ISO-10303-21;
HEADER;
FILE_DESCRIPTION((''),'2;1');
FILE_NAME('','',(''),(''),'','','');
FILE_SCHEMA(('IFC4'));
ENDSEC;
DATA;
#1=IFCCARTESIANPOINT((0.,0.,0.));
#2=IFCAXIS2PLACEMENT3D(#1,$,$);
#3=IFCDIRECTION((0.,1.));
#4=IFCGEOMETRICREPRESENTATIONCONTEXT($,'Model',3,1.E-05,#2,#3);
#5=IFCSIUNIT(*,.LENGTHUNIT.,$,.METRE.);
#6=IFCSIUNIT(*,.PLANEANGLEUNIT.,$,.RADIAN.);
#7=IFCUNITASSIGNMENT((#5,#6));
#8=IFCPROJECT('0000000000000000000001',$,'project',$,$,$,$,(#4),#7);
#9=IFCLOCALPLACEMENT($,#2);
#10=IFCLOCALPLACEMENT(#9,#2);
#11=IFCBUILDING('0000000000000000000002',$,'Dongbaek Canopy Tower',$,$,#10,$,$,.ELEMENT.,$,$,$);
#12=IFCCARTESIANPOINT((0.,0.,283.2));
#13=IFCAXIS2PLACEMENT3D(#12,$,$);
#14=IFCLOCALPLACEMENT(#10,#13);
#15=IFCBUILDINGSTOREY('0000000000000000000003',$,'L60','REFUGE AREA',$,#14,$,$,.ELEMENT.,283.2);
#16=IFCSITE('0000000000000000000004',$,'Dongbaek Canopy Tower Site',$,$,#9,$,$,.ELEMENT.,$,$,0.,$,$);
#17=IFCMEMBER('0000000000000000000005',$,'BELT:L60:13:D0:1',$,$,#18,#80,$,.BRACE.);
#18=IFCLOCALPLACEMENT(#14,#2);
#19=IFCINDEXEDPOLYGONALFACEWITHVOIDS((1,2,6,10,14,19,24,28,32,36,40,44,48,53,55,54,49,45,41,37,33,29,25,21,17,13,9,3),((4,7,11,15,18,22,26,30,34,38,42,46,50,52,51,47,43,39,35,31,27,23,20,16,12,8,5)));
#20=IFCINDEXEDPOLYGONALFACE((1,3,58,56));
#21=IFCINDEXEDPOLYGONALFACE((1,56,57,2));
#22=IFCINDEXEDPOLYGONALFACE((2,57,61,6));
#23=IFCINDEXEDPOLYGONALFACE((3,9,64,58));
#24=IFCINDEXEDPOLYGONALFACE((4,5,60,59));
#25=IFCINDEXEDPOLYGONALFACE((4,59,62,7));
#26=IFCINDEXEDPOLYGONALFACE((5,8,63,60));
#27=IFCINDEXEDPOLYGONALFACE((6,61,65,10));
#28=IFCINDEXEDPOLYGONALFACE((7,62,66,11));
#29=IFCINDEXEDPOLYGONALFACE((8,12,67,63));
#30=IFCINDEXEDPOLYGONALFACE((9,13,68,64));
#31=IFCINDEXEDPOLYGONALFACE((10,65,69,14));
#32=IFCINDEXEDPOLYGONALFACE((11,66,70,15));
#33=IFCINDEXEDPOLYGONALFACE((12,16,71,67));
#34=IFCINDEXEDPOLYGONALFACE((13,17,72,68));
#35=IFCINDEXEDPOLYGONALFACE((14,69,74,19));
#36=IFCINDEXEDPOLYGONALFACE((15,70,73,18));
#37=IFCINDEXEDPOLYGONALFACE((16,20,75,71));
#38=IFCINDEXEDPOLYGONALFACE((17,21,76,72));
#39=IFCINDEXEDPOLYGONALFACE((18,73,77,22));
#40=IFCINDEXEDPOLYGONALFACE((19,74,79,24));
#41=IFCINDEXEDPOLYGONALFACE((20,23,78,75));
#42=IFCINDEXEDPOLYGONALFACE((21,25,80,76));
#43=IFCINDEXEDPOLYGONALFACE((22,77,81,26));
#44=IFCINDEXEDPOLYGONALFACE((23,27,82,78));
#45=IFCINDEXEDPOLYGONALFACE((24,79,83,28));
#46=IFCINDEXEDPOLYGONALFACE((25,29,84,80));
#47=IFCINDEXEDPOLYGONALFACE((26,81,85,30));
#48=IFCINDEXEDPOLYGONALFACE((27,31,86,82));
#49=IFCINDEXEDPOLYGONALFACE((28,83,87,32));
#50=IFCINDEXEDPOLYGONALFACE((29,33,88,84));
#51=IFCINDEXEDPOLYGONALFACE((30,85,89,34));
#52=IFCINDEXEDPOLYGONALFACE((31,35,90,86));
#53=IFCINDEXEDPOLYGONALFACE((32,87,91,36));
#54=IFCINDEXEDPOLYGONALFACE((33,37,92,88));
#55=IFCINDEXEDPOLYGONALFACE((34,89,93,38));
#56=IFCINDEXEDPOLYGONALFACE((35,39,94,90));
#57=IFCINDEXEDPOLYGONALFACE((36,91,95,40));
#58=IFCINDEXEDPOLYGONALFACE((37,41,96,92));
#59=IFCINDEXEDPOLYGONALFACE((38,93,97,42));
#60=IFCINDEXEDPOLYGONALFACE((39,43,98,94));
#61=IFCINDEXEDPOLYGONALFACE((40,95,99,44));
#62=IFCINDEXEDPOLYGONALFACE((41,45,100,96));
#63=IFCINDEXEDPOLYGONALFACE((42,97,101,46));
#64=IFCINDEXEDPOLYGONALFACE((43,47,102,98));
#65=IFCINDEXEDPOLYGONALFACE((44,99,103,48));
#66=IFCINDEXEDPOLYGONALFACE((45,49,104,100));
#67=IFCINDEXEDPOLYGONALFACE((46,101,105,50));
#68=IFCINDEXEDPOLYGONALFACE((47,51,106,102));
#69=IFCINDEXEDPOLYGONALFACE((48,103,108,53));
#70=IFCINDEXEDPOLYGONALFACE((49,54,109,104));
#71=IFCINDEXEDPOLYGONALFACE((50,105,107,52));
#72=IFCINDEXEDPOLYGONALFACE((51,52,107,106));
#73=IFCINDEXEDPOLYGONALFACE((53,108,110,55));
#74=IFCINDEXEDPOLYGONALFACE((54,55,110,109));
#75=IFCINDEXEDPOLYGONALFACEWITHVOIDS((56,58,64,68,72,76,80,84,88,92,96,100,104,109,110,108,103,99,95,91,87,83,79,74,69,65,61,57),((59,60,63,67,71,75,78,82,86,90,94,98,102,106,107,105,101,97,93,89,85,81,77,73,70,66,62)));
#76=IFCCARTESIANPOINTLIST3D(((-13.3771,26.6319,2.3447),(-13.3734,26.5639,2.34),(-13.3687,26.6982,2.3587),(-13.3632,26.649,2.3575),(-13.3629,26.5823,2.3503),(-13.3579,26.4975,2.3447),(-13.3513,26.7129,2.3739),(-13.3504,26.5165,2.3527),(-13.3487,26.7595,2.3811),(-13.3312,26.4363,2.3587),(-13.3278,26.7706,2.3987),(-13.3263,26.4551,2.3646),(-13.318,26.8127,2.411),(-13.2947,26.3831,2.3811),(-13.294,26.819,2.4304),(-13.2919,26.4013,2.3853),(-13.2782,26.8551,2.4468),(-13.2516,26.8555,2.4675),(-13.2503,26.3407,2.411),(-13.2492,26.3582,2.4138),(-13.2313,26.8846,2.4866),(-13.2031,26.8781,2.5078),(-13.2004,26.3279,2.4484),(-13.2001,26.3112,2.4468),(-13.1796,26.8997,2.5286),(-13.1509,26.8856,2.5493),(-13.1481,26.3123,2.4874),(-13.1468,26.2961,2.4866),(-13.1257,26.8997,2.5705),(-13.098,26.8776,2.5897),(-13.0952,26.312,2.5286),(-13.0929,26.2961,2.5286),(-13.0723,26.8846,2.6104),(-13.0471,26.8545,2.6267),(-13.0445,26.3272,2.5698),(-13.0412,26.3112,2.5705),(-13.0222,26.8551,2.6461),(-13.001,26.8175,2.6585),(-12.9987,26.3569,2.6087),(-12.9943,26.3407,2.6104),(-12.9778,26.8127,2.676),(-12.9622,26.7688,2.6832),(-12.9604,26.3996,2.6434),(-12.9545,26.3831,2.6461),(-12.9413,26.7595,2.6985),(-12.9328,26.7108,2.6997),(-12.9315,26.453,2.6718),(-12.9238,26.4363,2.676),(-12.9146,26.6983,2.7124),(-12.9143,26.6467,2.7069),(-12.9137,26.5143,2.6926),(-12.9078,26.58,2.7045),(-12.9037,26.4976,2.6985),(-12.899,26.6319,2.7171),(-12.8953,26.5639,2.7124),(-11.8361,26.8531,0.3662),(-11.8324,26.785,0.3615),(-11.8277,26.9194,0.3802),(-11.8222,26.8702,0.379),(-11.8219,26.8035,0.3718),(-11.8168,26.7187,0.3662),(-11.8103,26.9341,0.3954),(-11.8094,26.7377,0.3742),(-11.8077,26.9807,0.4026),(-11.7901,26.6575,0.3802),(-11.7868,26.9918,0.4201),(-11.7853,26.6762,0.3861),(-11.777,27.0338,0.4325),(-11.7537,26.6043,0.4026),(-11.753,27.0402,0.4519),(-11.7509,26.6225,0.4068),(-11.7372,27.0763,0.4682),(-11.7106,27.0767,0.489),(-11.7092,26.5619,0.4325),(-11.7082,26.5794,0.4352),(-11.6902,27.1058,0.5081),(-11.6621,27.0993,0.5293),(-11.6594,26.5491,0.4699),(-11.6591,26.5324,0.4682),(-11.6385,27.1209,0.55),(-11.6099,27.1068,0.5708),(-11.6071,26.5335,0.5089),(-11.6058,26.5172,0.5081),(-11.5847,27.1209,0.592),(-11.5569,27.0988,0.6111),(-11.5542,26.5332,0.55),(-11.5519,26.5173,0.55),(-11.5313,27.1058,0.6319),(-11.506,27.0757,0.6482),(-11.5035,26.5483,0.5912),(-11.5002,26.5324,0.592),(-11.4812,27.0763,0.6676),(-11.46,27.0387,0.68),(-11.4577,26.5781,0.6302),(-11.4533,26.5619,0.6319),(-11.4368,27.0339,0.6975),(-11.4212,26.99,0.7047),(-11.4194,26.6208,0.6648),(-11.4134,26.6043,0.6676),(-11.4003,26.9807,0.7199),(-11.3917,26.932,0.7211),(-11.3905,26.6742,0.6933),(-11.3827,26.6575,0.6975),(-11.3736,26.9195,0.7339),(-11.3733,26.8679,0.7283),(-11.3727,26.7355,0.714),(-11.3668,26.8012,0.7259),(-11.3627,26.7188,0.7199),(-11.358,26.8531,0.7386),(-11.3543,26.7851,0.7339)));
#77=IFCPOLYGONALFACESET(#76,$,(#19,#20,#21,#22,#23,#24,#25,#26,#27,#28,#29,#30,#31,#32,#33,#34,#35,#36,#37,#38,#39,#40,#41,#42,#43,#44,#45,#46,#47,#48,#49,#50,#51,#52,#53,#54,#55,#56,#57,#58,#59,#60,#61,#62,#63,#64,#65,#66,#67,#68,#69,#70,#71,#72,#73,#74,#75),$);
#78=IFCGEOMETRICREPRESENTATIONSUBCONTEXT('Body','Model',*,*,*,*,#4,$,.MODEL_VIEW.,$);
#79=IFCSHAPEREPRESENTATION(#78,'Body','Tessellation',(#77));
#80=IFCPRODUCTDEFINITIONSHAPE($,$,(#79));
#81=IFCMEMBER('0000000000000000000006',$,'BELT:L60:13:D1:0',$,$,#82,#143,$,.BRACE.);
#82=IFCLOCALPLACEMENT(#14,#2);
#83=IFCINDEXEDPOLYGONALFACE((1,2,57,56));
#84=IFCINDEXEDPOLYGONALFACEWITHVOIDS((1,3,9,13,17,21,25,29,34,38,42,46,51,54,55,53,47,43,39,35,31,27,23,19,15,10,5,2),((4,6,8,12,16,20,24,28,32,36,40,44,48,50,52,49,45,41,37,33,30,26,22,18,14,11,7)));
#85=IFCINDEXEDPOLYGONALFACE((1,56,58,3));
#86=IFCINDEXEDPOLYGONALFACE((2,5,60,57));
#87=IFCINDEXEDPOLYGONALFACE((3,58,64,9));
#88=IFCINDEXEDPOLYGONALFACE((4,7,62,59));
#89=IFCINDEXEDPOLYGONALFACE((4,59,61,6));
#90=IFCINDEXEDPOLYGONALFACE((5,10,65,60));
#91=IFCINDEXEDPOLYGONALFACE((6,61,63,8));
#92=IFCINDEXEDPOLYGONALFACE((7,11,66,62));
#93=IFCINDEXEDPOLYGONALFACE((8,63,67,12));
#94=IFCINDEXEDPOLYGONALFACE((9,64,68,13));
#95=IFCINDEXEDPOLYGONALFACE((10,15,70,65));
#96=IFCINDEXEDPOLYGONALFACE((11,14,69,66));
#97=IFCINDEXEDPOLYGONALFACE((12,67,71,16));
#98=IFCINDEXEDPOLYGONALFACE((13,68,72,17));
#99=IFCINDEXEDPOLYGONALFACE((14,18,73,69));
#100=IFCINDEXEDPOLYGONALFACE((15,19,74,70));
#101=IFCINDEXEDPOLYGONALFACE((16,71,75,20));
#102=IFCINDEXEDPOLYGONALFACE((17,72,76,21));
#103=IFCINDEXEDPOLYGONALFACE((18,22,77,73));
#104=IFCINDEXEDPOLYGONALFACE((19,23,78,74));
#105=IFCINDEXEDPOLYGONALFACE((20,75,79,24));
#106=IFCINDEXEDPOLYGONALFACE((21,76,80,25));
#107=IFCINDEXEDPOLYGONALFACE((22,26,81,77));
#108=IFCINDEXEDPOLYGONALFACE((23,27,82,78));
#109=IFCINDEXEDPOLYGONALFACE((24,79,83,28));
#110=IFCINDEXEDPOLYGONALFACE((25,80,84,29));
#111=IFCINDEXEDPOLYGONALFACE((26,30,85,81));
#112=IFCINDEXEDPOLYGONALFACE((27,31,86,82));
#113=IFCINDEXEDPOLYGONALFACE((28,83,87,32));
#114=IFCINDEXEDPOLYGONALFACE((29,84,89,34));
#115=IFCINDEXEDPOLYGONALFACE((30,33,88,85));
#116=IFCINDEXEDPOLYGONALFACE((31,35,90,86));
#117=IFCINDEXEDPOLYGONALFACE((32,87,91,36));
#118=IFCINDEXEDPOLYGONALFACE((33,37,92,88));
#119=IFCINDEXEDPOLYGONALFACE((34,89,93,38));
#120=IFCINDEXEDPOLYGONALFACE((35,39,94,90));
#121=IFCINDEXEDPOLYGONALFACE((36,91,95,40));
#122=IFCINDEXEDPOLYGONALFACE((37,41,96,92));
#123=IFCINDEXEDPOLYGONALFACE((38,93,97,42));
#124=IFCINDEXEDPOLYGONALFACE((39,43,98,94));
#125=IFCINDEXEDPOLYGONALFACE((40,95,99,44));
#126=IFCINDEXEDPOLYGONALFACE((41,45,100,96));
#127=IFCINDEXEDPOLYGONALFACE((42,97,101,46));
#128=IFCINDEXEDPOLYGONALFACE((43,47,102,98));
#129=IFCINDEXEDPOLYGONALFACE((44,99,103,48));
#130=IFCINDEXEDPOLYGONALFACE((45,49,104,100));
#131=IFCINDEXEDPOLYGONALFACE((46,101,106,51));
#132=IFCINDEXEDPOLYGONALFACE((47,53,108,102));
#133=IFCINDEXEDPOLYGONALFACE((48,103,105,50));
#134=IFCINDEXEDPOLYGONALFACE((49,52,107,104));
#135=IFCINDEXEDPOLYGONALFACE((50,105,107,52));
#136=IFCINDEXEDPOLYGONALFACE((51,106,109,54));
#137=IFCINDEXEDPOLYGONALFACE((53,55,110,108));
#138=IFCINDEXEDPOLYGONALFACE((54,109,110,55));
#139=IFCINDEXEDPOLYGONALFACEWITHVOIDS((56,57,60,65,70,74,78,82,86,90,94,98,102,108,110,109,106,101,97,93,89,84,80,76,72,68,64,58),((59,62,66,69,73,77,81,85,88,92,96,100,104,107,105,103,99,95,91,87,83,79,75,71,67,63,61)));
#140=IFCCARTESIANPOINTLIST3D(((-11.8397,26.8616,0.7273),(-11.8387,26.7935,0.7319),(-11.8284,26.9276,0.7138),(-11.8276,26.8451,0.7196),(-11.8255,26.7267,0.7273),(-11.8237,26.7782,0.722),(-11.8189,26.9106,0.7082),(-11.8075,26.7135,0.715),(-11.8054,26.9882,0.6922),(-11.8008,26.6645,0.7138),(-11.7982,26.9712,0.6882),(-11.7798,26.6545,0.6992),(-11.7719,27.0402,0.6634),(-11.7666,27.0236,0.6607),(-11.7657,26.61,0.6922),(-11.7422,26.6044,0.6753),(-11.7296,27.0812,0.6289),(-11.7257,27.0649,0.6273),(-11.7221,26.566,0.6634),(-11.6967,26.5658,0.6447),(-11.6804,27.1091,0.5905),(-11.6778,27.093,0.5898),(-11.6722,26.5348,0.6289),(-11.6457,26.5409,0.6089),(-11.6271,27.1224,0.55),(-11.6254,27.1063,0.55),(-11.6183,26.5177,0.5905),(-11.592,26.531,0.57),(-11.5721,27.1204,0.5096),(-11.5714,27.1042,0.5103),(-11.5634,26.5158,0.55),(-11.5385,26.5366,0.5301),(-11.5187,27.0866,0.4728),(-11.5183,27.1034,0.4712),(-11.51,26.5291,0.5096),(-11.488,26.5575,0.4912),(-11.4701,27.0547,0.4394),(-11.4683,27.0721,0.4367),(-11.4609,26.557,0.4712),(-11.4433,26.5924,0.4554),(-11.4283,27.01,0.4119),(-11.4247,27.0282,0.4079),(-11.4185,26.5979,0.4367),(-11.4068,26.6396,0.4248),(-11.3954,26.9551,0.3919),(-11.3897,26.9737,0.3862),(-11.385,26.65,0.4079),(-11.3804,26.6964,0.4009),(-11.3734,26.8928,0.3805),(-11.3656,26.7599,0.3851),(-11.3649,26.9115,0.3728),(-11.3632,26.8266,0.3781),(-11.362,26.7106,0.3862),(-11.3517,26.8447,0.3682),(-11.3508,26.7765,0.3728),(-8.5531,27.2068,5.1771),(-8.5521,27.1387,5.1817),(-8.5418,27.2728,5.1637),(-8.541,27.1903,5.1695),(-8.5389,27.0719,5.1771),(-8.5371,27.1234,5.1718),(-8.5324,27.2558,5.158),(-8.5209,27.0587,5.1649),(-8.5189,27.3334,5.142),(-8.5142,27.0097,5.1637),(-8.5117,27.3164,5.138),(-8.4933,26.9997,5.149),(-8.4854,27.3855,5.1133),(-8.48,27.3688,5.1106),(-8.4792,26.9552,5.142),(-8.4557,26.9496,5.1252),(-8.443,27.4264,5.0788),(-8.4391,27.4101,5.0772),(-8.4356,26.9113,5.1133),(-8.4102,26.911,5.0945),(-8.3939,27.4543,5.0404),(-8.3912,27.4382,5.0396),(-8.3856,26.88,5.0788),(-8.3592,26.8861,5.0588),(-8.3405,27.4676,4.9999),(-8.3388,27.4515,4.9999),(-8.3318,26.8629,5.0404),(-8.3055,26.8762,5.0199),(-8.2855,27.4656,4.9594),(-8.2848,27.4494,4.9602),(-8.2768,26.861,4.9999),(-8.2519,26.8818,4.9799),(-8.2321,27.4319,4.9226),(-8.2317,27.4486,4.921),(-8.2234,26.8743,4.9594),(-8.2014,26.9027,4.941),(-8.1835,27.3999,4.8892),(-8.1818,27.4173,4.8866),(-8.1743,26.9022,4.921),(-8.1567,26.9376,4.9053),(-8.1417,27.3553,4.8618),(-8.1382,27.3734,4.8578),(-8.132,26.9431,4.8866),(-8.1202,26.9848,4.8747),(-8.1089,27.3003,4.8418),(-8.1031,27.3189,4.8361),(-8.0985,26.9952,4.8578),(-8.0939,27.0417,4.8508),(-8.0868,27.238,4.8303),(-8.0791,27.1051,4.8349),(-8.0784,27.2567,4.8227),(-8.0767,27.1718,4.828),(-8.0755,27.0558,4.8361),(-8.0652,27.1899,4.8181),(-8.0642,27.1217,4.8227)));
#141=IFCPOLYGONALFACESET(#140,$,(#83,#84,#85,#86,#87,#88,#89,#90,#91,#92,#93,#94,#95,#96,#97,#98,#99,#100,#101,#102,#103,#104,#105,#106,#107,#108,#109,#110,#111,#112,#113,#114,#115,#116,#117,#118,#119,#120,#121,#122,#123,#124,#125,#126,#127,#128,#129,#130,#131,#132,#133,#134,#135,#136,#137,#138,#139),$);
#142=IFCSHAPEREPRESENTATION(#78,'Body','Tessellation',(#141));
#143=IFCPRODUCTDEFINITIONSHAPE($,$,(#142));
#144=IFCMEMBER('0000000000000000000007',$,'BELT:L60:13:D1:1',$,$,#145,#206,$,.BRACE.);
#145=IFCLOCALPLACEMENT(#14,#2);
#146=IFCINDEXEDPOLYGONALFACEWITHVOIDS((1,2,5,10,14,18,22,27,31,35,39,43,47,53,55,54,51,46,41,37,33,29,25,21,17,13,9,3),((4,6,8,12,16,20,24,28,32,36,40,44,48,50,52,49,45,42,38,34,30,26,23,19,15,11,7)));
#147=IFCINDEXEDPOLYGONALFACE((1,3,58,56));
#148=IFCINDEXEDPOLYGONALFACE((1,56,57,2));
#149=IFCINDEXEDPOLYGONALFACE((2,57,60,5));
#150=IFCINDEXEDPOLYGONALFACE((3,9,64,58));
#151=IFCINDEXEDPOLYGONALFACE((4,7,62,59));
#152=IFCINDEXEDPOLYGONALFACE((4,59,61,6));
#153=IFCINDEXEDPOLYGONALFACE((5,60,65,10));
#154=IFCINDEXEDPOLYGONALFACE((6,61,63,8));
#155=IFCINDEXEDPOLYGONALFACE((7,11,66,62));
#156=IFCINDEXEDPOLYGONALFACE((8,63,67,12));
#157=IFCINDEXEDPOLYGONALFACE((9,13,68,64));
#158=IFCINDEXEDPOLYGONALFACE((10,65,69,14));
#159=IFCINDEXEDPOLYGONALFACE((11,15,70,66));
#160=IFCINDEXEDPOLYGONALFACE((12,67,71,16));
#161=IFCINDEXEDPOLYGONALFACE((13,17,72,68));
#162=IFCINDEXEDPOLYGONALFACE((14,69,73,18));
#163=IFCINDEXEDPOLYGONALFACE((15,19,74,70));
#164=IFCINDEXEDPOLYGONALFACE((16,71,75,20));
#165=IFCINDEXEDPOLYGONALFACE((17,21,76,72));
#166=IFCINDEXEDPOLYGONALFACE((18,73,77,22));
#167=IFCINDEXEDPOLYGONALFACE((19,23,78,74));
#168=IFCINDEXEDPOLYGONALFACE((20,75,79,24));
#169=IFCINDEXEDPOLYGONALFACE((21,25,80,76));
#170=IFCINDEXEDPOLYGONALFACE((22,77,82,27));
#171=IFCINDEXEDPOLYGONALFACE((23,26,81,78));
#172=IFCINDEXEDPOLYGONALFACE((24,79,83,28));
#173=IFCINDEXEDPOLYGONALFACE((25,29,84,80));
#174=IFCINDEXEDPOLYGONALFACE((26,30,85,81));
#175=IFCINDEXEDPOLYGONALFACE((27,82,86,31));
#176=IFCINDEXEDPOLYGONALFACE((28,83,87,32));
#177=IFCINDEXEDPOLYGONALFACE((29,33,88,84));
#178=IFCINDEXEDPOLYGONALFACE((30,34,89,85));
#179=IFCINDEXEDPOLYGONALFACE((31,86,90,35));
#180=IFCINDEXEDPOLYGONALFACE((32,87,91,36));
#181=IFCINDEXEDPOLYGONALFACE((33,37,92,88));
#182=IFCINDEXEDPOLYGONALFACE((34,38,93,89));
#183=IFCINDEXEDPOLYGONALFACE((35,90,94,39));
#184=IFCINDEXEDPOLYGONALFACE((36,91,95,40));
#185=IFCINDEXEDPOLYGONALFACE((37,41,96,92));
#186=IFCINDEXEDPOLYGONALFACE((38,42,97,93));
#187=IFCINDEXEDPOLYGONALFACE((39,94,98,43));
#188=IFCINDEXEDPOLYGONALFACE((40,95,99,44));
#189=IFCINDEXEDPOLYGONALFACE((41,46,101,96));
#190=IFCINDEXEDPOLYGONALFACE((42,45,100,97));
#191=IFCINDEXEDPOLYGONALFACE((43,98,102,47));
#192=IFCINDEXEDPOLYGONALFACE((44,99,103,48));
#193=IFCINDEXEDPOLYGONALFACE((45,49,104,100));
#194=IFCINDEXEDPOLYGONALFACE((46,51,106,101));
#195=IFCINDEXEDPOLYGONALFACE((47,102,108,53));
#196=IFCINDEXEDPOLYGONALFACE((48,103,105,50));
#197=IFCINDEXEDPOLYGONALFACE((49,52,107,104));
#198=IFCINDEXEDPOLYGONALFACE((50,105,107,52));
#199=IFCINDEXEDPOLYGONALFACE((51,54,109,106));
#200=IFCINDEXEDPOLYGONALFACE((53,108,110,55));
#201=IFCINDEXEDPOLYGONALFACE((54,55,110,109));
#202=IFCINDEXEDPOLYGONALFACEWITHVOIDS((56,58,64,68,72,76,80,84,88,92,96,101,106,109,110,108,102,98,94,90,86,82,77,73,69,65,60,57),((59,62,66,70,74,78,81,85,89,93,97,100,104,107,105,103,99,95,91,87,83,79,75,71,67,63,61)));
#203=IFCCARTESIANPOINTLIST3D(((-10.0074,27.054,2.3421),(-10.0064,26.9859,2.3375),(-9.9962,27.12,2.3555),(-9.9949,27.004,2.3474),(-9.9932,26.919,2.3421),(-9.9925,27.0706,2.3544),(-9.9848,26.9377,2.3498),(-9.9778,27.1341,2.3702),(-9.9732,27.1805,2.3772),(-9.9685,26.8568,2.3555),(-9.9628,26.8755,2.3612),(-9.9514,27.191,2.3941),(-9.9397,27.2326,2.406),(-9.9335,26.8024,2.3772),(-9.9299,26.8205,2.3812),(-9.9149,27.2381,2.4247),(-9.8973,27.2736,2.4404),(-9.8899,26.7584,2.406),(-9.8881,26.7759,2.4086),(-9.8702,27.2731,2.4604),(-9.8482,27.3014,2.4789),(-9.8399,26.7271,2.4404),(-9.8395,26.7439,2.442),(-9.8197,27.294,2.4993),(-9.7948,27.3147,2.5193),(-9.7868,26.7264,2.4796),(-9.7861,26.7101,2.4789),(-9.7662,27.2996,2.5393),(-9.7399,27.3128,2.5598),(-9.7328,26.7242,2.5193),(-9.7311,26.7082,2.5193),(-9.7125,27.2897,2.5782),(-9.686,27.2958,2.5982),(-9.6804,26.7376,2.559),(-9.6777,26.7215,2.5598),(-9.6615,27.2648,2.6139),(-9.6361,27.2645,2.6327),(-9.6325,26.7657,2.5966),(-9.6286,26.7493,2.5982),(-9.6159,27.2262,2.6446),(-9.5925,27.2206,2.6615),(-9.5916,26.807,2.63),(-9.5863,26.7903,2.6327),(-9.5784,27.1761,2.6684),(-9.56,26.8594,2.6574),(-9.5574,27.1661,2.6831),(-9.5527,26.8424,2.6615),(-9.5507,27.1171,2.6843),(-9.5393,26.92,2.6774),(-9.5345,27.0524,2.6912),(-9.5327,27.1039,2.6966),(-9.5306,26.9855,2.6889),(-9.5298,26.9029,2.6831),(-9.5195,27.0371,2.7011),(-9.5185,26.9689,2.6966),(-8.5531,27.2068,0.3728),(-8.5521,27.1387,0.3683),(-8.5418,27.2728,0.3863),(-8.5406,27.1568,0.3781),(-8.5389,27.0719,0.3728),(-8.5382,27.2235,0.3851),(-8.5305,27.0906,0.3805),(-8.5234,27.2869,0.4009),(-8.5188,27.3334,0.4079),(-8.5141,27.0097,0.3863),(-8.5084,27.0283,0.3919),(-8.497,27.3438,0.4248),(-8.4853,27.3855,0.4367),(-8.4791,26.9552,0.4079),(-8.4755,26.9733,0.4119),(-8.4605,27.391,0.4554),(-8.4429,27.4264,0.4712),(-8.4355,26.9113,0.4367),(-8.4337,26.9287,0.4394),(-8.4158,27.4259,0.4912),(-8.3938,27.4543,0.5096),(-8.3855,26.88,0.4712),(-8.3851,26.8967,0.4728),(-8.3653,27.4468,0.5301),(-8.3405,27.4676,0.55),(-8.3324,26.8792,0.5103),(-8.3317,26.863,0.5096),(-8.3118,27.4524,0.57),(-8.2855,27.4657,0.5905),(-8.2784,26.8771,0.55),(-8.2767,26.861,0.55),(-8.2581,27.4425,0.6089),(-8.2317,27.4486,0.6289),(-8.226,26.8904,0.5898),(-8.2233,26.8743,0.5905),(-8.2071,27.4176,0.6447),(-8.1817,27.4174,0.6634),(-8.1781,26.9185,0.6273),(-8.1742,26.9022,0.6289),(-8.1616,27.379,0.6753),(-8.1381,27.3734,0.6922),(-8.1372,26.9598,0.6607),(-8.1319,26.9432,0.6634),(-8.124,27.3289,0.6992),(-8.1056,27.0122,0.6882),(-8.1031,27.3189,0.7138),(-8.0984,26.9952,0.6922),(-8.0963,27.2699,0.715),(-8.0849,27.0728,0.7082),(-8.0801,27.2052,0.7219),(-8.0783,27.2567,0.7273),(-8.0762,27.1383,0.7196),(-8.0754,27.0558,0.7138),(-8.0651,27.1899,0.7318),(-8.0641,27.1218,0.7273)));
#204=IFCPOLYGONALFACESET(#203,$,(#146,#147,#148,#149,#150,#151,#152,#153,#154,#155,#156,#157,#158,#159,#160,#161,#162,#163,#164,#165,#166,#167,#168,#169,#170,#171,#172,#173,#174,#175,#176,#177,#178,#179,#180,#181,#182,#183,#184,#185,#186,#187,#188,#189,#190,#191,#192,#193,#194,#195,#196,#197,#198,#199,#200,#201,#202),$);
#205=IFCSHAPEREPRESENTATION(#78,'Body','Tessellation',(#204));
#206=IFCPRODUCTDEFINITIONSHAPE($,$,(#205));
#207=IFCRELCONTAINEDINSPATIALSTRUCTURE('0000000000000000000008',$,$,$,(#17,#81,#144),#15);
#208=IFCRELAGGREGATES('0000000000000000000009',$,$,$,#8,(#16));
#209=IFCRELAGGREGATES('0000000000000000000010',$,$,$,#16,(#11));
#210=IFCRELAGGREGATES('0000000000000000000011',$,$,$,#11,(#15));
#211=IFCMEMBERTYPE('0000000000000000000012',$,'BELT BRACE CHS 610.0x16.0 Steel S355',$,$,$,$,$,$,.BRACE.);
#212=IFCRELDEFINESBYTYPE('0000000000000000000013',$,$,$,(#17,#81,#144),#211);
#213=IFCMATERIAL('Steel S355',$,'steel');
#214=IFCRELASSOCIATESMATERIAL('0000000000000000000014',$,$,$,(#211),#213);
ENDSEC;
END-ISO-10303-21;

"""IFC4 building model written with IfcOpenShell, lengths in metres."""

from ifc_helpers import new_model, si_unit, direction, frame, origin, origin_2d, place, context, subcontext, project, spatial, hollow_circle, extrude, material, material_profile, profile_set, type_object, element, save


model = new_model("IFC4")

# Units and contexts
model_context = context("Model", 3, precision=1e-05, world=origin(), true_north=direction((0.0, 1.0)))
body_context = subcontext(model_context, "Body", "Model", "MODEL_VIEW")
ifc_project = project(units=[si_unit("LENGTHUNIT", "METRE"), si_unit("PLANEANGLEUNIT", "RADIAN")], contexts=[model_context])

# Site, building, storey
site_placement = place(None, origin())
site = spatial("IfcSite", under=ifc_project, at=site_placement, Name="Dongbaek Canopy Tower Site", CompositionType="ELEMENT", RefElevation=0.0)
building_placement = place(site_placement, origin())
building = spatial("IfcBuilding", under=site, at=building_placement, Name="Dongbaek Canopy Tower", CompositionType="ELEMENT")
storey_placement = place(building_placement, frame((0.0, 0.0, 283.2)))
storey = spatial("IfcBuildingStorey", under=building, at=storey_placement, Name="L60", Description="REFUGE AREA", CompositionType="ELEMENT", Elevation=283.2)

# Members
ifc_material_1 = material(Name="Steel S355", Category="steel")
ifc_material_profile_1 = material_profile(ifc_material_1, hollow_circle(Radius=0.3049, WallThickness=0.0161, at=origin_2d()), Name="BELT BRACE CHS 610.0x16.0 Steel S355")
ifc_profile_set_1 = profile_set([ifc_material_profile_1], Name="Steel S355")
member_type_1 = type_object("IfcMemberType", Name="BELT BRACE CHS 610.0x16.0 Steel S355", PredefinedType="BRACE", material=ifc_profile_set_1)
member_1_placement = place(storey_placement, frame((-11.5952, 26.8191, 0.55), z_axis=(-0.612103, -0.087859, 0.785882), x_axis=(0.14208, -0.989855, 0.0)))
element("IfcMember", 1, at=member_1_placement, inside=storey, type_object=member_type_1, Name="BELT:L60:13:D0:1", PredefinedType="BRACE", context=body_context, shape_type="SweptSolid", body=[
    extrude(hollow_circle(Radius=0.3049, WallThickness=0.0161, at=origin_2d()), origin(), (0.0, 0.0, 1.0), 2.5176),
])
member_2_placement = place(storey_placement, frame((-11.5952, 26.8191, 0.55), z_axis=(0.592949, 0.062281, 0.802828), x_axis=(-0.104462, 0.994529, 0.0)))
element("IfcMember", 2, at=member_2_placement, inside=storey, type_object=member_type_1, Name="BELT:L60:13:D1:0", PredefinedType="BRACE", context=body_context, shape_type="SweptSolid", body=[
    extrude(hollow_circle(Radius=0.3049, WallThickness=0.0161, at=origin_2d()), origin(), (0.0, 0.0, 1.0), 5.5427),
])
for number, where, z_axis, x_axis, name in (
    (3, (-8.3086, 27.1643, 0.55), (-0.592925, -0.062308, 0.802843), (0.104511, -0.994524, 0.0), "BELT:L60:13:D1:1"),
):
    element("IfcMember", number, at=place(storey_placement, frame(where, z_axis=z_axis, x_axis=x_axis)), inside=storey, type_object=member_type_1, Name=name, PredefinedType="BRACE", context=body_context, shape_type="SweptSolid", body=[
        extrude(hollow_circle(Radius=0.3049, WallThickness=0.0161, at=origin_2d()), origin(), (0.0, 0.0, 1.0), 2.4529),
    ])

save(model, "model.ifc")
